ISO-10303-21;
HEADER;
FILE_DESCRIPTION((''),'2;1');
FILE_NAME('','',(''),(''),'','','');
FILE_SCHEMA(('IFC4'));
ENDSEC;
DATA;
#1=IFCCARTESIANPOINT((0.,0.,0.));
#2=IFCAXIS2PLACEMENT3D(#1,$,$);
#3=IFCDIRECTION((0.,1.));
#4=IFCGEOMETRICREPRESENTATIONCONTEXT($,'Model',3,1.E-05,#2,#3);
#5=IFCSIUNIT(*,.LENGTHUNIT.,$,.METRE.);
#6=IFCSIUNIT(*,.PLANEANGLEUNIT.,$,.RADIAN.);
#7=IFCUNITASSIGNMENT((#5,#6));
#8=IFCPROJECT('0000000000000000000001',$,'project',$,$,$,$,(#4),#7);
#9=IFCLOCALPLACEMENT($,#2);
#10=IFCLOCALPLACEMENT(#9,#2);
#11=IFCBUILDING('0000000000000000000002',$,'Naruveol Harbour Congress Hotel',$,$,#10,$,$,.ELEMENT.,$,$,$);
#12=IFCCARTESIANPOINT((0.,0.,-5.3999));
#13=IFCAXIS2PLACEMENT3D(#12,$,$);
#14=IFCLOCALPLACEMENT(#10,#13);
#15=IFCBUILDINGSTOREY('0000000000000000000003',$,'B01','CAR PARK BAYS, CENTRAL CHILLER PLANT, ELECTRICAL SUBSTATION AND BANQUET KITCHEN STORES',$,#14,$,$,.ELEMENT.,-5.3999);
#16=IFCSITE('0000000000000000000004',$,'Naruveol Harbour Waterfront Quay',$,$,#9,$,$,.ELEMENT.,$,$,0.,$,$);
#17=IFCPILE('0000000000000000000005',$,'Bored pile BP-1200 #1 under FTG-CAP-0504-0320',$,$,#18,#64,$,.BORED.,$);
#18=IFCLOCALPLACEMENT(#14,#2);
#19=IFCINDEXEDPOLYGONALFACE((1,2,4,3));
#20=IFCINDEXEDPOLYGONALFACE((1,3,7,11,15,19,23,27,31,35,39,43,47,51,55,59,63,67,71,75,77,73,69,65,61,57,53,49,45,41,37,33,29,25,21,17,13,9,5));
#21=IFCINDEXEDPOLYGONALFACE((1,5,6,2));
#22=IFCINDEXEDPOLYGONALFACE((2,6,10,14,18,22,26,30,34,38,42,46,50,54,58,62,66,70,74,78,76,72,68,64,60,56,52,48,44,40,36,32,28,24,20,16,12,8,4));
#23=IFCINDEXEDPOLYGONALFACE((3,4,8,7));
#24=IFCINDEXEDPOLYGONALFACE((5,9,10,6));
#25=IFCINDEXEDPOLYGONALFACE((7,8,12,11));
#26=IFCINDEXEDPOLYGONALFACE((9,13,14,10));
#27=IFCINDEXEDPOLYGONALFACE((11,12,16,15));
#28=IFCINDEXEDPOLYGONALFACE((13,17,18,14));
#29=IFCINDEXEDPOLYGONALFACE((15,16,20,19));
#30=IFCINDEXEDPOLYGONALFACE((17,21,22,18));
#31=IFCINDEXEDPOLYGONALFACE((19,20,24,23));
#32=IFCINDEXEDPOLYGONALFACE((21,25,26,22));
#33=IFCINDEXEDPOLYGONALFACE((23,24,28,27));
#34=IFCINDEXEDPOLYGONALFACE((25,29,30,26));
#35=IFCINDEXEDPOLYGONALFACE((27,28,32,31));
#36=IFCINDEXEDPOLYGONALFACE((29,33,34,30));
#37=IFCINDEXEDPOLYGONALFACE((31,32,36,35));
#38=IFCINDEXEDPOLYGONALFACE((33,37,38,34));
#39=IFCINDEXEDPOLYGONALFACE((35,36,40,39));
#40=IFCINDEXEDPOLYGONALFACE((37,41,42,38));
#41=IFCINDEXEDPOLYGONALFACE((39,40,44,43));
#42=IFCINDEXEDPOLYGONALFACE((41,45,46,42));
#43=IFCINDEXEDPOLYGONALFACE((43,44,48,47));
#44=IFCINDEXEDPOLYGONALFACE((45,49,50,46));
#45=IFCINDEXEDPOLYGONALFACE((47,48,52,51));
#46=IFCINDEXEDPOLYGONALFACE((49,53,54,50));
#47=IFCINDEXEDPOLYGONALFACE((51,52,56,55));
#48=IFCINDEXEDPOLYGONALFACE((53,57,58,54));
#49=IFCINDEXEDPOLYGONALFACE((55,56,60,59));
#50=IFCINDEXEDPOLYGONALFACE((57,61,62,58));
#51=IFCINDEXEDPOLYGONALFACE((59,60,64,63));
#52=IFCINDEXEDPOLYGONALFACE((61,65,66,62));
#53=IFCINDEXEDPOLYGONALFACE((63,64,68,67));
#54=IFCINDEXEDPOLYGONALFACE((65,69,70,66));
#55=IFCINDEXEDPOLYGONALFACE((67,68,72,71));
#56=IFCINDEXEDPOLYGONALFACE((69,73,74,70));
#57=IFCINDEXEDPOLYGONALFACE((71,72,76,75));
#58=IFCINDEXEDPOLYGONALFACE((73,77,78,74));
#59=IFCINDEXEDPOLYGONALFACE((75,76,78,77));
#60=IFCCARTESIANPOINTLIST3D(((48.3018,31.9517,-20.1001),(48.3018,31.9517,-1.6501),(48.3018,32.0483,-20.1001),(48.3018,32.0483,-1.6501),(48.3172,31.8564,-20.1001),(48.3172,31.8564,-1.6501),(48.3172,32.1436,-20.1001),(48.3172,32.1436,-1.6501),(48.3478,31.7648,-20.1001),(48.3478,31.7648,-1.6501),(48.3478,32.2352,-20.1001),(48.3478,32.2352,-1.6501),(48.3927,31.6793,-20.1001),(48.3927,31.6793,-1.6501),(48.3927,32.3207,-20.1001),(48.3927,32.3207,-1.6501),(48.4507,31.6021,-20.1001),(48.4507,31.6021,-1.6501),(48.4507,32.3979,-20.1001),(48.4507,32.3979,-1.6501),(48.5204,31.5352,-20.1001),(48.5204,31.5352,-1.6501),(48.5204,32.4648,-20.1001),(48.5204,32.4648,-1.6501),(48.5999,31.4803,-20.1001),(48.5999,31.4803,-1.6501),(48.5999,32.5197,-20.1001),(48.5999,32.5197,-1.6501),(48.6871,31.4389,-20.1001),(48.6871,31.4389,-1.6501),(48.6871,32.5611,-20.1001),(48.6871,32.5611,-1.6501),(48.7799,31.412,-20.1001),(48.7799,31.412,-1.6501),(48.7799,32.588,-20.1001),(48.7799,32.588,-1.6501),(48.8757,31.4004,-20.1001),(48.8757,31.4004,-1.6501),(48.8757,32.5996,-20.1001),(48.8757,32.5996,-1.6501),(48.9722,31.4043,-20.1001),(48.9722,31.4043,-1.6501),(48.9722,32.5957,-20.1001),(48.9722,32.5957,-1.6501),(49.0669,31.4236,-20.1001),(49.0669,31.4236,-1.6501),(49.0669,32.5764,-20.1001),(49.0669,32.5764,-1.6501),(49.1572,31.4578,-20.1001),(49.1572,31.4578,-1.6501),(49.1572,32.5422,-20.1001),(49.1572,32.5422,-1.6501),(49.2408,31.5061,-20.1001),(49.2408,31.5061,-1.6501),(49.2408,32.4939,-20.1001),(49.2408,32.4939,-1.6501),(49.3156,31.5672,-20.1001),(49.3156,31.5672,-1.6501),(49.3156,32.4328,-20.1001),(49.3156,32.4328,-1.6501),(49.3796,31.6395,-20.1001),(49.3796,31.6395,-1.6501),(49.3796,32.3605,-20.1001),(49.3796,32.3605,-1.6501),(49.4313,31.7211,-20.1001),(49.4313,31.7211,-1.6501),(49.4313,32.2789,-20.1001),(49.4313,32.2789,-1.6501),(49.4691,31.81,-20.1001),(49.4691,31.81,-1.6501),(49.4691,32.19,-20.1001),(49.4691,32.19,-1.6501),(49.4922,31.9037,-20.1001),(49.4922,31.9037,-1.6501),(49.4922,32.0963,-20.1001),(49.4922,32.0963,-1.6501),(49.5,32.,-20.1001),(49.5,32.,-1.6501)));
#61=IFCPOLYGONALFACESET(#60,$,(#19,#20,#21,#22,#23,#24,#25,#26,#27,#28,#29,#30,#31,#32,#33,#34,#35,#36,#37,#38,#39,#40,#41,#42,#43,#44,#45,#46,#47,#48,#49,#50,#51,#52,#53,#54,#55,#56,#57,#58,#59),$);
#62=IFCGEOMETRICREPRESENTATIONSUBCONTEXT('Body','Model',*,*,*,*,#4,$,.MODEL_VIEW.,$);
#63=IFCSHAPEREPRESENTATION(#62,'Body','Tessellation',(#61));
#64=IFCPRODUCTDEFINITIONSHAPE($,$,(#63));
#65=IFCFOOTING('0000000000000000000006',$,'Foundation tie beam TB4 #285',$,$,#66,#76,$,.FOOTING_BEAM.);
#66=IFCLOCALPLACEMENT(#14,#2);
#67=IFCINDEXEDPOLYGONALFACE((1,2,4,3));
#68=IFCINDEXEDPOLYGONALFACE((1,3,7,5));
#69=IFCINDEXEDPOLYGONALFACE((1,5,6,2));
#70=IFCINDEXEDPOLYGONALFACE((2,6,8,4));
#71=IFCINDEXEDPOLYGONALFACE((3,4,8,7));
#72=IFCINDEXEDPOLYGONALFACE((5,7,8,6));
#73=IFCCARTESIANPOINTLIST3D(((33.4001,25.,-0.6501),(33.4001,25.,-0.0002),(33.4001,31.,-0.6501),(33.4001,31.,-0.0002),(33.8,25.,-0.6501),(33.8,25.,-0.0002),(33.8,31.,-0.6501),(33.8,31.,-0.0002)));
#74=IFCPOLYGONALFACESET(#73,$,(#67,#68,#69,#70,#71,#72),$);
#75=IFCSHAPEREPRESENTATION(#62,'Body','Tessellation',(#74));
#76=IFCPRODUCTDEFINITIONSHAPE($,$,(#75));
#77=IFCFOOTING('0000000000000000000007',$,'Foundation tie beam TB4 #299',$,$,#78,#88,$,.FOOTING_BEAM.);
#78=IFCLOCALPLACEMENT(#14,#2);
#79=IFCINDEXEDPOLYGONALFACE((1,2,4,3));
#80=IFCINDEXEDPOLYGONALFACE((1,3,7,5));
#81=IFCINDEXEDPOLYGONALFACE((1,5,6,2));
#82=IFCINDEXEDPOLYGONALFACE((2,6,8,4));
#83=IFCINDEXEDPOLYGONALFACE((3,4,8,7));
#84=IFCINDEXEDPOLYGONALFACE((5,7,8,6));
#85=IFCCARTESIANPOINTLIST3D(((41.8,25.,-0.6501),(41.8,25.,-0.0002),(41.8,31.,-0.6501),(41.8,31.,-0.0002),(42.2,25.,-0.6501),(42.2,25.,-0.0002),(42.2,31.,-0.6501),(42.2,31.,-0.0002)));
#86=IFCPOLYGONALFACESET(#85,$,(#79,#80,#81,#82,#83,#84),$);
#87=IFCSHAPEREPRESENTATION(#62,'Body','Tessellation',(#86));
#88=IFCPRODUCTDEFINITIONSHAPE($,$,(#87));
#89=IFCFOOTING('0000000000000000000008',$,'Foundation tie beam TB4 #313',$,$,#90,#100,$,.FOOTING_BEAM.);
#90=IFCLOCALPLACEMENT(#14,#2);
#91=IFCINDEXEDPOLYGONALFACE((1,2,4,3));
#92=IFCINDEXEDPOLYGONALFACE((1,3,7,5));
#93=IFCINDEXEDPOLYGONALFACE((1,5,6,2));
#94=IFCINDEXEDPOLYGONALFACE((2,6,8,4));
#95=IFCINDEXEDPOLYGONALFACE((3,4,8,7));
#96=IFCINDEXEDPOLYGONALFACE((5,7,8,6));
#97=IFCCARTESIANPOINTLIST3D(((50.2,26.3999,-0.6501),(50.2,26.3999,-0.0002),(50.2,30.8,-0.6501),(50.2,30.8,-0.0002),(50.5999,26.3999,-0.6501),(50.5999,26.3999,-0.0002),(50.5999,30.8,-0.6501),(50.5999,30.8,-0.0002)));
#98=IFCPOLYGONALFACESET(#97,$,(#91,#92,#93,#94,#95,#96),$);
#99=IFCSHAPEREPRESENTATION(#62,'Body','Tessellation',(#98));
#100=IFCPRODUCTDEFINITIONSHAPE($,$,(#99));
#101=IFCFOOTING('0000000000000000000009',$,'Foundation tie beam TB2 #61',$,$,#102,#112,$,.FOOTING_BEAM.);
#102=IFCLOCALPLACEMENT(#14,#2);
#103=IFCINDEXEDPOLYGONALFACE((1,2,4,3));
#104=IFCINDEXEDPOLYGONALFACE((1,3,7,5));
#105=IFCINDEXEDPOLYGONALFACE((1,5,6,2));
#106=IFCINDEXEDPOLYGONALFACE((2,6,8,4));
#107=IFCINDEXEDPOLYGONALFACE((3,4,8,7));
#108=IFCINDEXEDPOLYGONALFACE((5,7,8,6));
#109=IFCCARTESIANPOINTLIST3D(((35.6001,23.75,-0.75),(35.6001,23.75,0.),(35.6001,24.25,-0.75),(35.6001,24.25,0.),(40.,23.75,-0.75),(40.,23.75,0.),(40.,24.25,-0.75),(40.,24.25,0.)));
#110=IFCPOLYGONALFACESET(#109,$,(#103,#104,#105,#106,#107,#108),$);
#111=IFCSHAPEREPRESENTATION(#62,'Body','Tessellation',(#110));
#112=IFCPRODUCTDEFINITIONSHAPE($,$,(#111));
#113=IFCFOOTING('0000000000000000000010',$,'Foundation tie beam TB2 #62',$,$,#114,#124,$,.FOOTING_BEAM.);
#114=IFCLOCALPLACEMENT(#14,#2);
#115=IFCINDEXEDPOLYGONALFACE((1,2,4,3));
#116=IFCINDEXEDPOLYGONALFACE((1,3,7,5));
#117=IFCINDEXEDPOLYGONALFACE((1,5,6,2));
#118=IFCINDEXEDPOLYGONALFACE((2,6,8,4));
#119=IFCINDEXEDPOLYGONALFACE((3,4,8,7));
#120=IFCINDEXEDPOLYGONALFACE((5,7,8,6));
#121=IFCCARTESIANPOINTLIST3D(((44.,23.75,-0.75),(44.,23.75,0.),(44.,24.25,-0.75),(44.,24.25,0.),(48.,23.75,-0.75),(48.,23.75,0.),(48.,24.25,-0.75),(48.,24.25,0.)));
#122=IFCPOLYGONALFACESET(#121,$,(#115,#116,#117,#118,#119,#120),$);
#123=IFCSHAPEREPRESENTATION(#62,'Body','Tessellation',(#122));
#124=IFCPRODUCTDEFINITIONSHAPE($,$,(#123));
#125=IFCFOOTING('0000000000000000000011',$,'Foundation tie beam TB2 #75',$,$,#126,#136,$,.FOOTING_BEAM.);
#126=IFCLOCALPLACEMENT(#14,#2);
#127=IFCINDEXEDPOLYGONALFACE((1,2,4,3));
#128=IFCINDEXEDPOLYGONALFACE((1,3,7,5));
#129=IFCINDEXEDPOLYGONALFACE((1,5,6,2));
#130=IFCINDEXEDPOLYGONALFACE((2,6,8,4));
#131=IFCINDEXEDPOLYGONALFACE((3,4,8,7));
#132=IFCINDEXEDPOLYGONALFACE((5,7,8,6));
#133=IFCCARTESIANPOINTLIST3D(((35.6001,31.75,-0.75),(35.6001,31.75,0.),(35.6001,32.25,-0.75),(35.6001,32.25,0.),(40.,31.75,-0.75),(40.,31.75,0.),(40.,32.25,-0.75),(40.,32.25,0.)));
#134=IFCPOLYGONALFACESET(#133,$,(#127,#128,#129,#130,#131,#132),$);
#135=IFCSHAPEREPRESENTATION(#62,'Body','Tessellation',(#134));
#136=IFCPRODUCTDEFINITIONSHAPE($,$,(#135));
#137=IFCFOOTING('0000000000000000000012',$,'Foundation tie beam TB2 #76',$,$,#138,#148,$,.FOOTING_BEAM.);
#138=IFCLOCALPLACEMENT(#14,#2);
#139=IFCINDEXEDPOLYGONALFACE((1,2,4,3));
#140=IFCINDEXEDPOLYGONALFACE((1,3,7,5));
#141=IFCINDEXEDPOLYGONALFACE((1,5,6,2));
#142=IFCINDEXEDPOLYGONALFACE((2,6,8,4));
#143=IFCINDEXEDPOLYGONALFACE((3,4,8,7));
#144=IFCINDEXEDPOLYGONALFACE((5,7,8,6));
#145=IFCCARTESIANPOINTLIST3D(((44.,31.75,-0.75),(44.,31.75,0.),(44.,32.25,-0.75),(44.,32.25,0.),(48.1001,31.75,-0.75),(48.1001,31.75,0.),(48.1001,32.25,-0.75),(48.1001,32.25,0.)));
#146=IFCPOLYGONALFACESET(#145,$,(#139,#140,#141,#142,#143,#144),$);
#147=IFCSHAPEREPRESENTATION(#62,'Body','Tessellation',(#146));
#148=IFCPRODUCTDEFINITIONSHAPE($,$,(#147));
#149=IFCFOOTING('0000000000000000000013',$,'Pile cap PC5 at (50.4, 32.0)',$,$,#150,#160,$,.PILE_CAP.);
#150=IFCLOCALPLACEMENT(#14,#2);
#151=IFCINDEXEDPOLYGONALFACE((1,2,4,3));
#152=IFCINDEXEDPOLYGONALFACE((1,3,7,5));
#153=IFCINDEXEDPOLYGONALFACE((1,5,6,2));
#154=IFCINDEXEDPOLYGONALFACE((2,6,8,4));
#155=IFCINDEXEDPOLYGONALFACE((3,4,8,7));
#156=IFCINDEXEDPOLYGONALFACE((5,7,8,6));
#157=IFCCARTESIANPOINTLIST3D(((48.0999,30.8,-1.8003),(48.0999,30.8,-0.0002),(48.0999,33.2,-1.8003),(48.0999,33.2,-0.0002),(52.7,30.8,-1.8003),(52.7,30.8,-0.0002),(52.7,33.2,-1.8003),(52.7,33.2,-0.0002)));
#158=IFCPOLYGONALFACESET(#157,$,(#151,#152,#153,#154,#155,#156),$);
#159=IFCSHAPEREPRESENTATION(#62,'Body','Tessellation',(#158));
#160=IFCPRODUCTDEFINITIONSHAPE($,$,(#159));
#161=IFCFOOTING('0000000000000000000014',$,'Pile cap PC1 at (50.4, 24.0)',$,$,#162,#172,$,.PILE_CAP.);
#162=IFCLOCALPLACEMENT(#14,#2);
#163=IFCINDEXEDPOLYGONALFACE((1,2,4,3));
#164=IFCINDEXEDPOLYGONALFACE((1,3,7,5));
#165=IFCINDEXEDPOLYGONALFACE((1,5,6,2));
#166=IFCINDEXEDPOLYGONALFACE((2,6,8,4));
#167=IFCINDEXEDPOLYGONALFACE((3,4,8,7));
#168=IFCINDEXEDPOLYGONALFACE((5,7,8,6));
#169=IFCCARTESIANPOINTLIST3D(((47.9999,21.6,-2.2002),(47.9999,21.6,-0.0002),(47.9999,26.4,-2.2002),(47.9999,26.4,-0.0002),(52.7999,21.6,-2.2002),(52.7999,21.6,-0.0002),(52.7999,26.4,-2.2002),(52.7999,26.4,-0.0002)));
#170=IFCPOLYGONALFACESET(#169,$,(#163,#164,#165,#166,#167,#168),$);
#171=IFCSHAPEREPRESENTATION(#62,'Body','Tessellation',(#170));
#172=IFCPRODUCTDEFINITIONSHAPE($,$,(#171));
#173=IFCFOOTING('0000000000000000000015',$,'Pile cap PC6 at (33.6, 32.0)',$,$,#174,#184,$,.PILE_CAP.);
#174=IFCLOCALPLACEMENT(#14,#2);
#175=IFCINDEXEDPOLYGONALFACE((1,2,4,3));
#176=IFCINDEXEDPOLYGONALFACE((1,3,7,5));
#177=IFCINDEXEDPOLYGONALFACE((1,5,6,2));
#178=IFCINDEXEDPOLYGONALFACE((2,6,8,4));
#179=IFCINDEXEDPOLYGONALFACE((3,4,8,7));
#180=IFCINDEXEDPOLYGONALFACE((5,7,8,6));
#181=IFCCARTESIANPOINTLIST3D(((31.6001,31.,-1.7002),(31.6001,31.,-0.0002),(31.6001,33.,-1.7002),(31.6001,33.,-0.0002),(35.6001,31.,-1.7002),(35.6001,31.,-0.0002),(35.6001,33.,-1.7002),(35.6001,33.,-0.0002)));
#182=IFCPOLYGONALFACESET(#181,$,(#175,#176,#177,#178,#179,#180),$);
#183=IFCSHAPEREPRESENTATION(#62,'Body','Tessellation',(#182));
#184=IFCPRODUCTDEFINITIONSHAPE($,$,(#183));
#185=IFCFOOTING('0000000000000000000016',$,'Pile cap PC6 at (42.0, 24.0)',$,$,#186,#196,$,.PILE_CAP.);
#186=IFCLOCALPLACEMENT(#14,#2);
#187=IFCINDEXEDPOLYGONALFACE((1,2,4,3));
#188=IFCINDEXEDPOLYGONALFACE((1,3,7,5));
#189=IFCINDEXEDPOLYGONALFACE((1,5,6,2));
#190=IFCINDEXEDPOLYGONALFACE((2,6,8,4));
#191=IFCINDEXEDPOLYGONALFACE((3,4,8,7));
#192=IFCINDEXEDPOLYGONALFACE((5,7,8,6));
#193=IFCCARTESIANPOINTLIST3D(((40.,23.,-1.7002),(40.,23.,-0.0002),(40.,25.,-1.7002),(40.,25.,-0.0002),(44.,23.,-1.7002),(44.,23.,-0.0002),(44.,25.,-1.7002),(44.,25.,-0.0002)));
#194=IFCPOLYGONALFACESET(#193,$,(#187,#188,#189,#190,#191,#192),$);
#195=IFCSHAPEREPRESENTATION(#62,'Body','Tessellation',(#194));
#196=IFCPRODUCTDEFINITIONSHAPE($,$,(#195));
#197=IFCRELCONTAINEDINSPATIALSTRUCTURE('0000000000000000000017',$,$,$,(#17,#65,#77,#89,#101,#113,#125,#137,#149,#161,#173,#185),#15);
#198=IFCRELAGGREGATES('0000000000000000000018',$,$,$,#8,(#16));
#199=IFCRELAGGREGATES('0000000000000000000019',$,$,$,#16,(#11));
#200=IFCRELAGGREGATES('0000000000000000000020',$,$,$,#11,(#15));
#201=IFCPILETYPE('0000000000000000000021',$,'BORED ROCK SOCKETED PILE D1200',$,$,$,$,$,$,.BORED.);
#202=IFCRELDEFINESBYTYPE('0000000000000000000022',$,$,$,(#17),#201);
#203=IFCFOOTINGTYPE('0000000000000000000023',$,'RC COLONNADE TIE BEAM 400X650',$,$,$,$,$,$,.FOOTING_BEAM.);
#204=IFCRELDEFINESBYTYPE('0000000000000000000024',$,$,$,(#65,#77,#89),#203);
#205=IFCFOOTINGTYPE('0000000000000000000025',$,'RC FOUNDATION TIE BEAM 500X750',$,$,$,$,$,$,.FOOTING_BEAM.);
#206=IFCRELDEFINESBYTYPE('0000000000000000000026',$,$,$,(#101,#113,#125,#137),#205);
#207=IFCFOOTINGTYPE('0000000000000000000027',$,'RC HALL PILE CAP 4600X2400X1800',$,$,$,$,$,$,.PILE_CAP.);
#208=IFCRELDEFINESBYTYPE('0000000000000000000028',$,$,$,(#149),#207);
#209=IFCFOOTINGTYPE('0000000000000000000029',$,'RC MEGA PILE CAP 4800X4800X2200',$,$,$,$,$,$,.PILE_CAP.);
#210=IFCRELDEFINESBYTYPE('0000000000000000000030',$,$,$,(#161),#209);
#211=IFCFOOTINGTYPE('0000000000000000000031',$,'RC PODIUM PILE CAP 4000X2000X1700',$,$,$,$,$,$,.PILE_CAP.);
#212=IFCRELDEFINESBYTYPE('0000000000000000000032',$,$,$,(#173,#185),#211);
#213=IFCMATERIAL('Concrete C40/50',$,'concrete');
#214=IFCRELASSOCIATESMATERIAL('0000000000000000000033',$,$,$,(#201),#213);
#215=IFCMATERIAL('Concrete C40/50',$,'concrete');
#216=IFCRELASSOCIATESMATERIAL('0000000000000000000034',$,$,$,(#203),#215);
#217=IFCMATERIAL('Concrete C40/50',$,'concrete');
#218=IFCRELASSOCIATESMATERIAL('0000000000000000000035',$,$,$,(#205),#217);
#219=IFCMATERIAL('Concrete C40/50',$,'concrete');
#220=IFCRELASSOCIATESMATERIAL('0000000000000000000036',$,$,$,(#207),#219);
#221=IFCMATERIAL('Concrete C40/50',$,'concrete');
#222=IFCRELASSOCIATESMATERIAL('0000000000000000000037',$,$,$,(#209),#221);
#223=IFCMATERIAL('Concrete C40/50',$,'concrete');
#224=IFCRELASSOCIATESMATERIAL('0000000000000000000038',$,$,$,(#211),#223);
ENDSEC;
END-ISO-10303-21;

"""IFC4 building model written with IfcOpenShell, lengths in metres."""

from ifc_helpers import new_model, si_unit, direction, frame, origin, origin_2d, place, context, subcontext, project, spatial, rectangle, circle, extrude, material, material_profile, profile_set, type_object, element, save


model = new_model("IFC4")

# Units and contexts
model_context = context("Model", 3, precision=1e-05, world=origin(), true_north=direction((0.0, 1.0)))
body_context = subcontext(model_context, "Body", "Model", "MODEL_VIEW")
ifc_project = project(units=[si_unit("LENGTHUNIT", "METRE"), si_unit("PLANEANGLEUNIT", "RADIAN")], contexts=[model_context])

# Site, building, storey
site_placement = place(None, origin())
site = spatial("IfcSite", under=ifc_project, at=site_placement, Name="Naruveol Harbour Waterfront Quay", CompositionType="ELEMENT", RefElevation=0.0)
building_placement = place(site_placement, origin())
building = spatial("IfcBuilding", under=site, at=building_placement, Name="Naruveol Harbour Congress Hotel", CompositionType="ELEMENT")
storey_placement = place(building_placement, frame((0.0, 0.0, -5.3999)))
storey = spatial("IfcBuildingStorey", under=building, at=storey_placement, Name="B01", Description="CAR PARK BAYS, CENTRAL CHILLER PLANT, ELECTRICAL SUBSTATION AND BANQUET KITCHEN STORES", CompositionType="ELEMENT", Elevation=-5.3999)

# Pile
ifc_material_1 = material(Name="Concrete C40/50", Category="concrete")
ifc_material_profile_1 = material_profile(ifc_material_1, circle(Radius=0.6001, at=origin_2d()), Name="BP-1200")
ifc_profile_set_1 = profile_set([ifc_material_profile_1], Name="Concrete C40/50")
pile_type_1 = type_object("IfcPileType", Name="BORED ROCK SOCKETED PILE D1200", PredefinedType="BORED", material=ifc_profile_set_1)
pile_1_placement = place(storey_placement, frame((48.8999, 32.0, -1.6501), z_axis=(0.0, 0.0, -1.0), x_axis=(1.0, 0.0, 0.0)))
element("IfcPile", 1, at=pile_1_placement, inside=storey, type_object=pile_type_1, Name="Bored pile BP-1200 #1 under FTG-CAP-0504-0320", PredefinedType="BORED", context=body_context, shape_type="SweptSolid", body=[
    extrude(circle(Radius=0.6001, at=origin_2d()), origin(), (0.0, 0.0, 1.0), 18.45),
])

# Footings
ifc_material_2 = material(Name="Concrete C40/50", Category="concrete")
ifc_material_profile_2 = material_profile(ifc_material_2, rectangle(XDim=0.3999, YDim=0.6499, at=origin_2d()), Name="RCB-400x650")
ifc_profile_set_2 = profile_set([ifc_material_profile_2], Name="Concrete C40/50")
footing_type_1 = type_object("IfcFootingType", Name="RC COLONNADE TIE BEAM 400X650", PredefinedType="FOOTING_BEAM", material=ifc_profile_set_2)
for number, where, z_axis, x_axis, name in (
    (2, (33.6001, 25.0, -0.3252), (0.0, 1.0, 0.0), (-1.0, 0.0, 0.0), "Foundation tie beam TB4 #285"),
    (3, (42.0, 25.0, -0.3252), (0.0, 1.0, 0.0), (-1.0, 0.0, 0.0), "Foundation tie beam TB4 #299"),
):
    element("IfcFooting", number, at=place(storey_placement, frame(where, z_axis=z_axis, x_axis=x_axis)), inside=storey, type_object=footing_type_1, Name=name, PredefinedType="FOOTING_BEAM", context=body_context, shape_type="SweptSolid", body=[
        extrude(rectangle(XDim=0.3999, YDim=0.6499, at=origin_2d()), origin(), (0.0, 0.0, 1.0), 6.0),
    ])
footing_1_placement = place(storey_placement, frame((50.3999, 26.3999, -0.3252), z_axis=(0.0, 1.0, 0.0), x_axis=(-1.0, 0.0, 0.0)))
element("IfcFooting", 4, at=footing_1_placement, inside=storey, type_object=footing_type_1, Name="Foundation tie beam TB4 #313", PredefinedType="FOOTING_BEAM", context=body_context, shape_type="SweptSolid", body=[
    extrude(rectangle(XDim=0.3999, YDim=0.6499, at=origin_2d()), origin(), (0.0, 0.0, 1.0), 4.4001),
])
ifc_material_3 = material(Name="Concrete C40/50", Category="concrete")
ifc_material_profile_3 = material_profile(ifc_material_3, rectangle(XDim=0.5, YDim=0.75, at=origin_2d()), Name="RCB-500x750")
ifc_profile_set_3 = profile_set([ifc_material_profile_3], Name="Concrete C40/50")
footing_type_2 = type_object("IfcFootingType", Name="RC FOUNDATION TIE BEAM 500X750", PredefinedType="FOOTING_BEAM", material=ifc_profile_set_3)
footing_2_placement = place(storey_placement, frame((35.6001, 24.0, -0.375), z_axis=(1.0, 0.0, 0.0), x_axis=(0.0, 1.0, 0.0)))
element("IfcFooting", 5, at=footing_2_placement, inside=storey, type_object=footing_type_2, Name="Foundation tie beam TB2 #61", PredefinedType="FOOTING_BEAM", context=body_context, shape_type="SweptSolid", body=[
    extrude(rectangle(XDim=0.5, YDim=0.75, at=origin_2d()), origin(), (0.0, 0.0, 1.0), 4.3999),
])
footing_3_placement = place(storey_placement, frame((44.0, 24.0, -0.375), z_axis=(1.0, 0.0, 0.0), x_axis=(0.0, 1.0, 0.0)))
element("IfcFooting", 6, at=footing_3_placement, inside=storey, type_object=footing_type_2, Name="Foundation tie beam TB2 #62", PredefinedType="FOOTING_BEAM", context=body_context, shape_type="SweptSolid", body=[
    extrude(rectangle(XDim=0.5, YDim=0.75, at=origin_2d()), origin(), (0.0, 0.0, 1.0), 4.0),
])
footing_4_placement = place(storey_placement, frame((35.6001, 32.0, -0.375), z_axis=(1.0, 0.0, 0.0), x_axis=(0.0, 1.0, 0.0)))
element("IfcFooting", 7, at=footing_4_placement, inside=storey, type_object=footing_type_2, Name="Foundation tie beam TB2 #75", PredefinedType="FOOTING_BEAM", context=body_context, shape_type="SweptSolid", body=[
    extrude(rectangle(XDim=0.5, YDim=0.75, at=origin_2d()), origin(), (0.0, 0.0, 1.0), 4.3999),
])
footing_5_placement = place(storey_placement, frame((44.0, 32.0, -0.375), z_axis=(1.0, 0.0, 0.0), x_axis=(0.0, 1.0, 0.0)))
element("IfcFooting", 8, at=footing_5_placement, inside=storey, type_object=footing_type_2, Name="Foundation tie beam TB2 #76", PredefinedType="FOOTING_BEAM", context=body_context, shape_type="SweptSolid", body=[
    extrude(rectangle(XDim=0.5, YDim=0.75, at=origin_2d()), origin(), (0.0, 0.0, 1.0), 4.1001),
])
ifc_material_4 = material(Name="Concrete C40/50", Category="concrete")
footing_type_3 = type_object("IfcFootingType", Name="RC HALL PILE CAP 4600X2400X1800", PredefinedType="PILE_CAP", material=ifc_material_4)
footing_6_placement = place(storey_placement, frame((50.3999, 32.0, -1.8003), z_axis=(0.0, 0.0, 1.0), x_axis=(1.0, 0.0, 0.0)))
element("IfcFooting", 9, at=footing_6_placement, inside=storey, type_object=footing_type_3, Name="Pile cap PC5 at (50.4, 32.0)", PredefinedType="PILE_CAP", context=body_context, shape_type="SweptSolid", body=[
    extrude(rectangle(XDim=4.6001, YDim=2.3999, at=origin_2d()), origin(), (0.0, 0.0, 1.0), 1.8),
])
ifc_material_5 = material(Name="Concrete C40/50", Category="concrete")
footing_type_4 = type_object("IfcFootingType", Name="RC MEGA PILE CAP 4800X4800X2200", PredefinedType="PILE_CAP", material=ifc_material_5)
footing_7_placement = place(storey_placement, frame((50.3999, 24.0, -2.2002), z_axis=(0.0, 0.0, 1.0), x_axis=(1.0, 0.0, 0.0)))
element("IfcFooting", 10, at=footing_7_placement, inside=storey, type_object=footing_type_4, Name="Pile cap PC1 at (50.4, 24.0)", PredefinedType="PILE_CAP", context=body_context, shape_type="SweptSolid", body=[
    extrude(rectangle(XDim=4.8, YDim=4.8, at=origin_2d()), origin(), (0.0, 0.0, 1.0), 2.2),
])
ifc_material_6 = material(Name="Concrete C40/50", Category="concrete")
footing_type_5 = type_object("IfcFootingType", Name="RC PODIUM PILE CAP 4000X2000X1700", PredefinedType="PILE_CAP", material=ifc_material_6)
for number, where, z_axis, x_axis, name in (
    (11, (33.6001, 32.0, -1.7002), (0.0, 0.0, 1.0), (1.0, 0.0, 0.0), "Pile cap PC6 at (33.6, 32.0)"),
    (12, (42.0, 24.0, -1.7002), (0.0, 0.0, 1.0), (1.0, 0.0, 0.0), "Pile cap PC6 at (42.0, 24.0)"),
):
    element("IfcFooting", number, at=place(storey_placement, frame(where, z_axis=z_axis, x_axis=x_axis)), inside=storey, type_object=footing_type_5, Name=name, PredefinedType="PILE_CAP", context=body_context, shape_type="SweptSolid", body=[
        extrude(rectangle(XDim=4.0, YDim=2.0, at=origin_2d()), origin(), (0.0, 0.0, 1.0), 1.7),
    ])

save(model, "model.ifc")
